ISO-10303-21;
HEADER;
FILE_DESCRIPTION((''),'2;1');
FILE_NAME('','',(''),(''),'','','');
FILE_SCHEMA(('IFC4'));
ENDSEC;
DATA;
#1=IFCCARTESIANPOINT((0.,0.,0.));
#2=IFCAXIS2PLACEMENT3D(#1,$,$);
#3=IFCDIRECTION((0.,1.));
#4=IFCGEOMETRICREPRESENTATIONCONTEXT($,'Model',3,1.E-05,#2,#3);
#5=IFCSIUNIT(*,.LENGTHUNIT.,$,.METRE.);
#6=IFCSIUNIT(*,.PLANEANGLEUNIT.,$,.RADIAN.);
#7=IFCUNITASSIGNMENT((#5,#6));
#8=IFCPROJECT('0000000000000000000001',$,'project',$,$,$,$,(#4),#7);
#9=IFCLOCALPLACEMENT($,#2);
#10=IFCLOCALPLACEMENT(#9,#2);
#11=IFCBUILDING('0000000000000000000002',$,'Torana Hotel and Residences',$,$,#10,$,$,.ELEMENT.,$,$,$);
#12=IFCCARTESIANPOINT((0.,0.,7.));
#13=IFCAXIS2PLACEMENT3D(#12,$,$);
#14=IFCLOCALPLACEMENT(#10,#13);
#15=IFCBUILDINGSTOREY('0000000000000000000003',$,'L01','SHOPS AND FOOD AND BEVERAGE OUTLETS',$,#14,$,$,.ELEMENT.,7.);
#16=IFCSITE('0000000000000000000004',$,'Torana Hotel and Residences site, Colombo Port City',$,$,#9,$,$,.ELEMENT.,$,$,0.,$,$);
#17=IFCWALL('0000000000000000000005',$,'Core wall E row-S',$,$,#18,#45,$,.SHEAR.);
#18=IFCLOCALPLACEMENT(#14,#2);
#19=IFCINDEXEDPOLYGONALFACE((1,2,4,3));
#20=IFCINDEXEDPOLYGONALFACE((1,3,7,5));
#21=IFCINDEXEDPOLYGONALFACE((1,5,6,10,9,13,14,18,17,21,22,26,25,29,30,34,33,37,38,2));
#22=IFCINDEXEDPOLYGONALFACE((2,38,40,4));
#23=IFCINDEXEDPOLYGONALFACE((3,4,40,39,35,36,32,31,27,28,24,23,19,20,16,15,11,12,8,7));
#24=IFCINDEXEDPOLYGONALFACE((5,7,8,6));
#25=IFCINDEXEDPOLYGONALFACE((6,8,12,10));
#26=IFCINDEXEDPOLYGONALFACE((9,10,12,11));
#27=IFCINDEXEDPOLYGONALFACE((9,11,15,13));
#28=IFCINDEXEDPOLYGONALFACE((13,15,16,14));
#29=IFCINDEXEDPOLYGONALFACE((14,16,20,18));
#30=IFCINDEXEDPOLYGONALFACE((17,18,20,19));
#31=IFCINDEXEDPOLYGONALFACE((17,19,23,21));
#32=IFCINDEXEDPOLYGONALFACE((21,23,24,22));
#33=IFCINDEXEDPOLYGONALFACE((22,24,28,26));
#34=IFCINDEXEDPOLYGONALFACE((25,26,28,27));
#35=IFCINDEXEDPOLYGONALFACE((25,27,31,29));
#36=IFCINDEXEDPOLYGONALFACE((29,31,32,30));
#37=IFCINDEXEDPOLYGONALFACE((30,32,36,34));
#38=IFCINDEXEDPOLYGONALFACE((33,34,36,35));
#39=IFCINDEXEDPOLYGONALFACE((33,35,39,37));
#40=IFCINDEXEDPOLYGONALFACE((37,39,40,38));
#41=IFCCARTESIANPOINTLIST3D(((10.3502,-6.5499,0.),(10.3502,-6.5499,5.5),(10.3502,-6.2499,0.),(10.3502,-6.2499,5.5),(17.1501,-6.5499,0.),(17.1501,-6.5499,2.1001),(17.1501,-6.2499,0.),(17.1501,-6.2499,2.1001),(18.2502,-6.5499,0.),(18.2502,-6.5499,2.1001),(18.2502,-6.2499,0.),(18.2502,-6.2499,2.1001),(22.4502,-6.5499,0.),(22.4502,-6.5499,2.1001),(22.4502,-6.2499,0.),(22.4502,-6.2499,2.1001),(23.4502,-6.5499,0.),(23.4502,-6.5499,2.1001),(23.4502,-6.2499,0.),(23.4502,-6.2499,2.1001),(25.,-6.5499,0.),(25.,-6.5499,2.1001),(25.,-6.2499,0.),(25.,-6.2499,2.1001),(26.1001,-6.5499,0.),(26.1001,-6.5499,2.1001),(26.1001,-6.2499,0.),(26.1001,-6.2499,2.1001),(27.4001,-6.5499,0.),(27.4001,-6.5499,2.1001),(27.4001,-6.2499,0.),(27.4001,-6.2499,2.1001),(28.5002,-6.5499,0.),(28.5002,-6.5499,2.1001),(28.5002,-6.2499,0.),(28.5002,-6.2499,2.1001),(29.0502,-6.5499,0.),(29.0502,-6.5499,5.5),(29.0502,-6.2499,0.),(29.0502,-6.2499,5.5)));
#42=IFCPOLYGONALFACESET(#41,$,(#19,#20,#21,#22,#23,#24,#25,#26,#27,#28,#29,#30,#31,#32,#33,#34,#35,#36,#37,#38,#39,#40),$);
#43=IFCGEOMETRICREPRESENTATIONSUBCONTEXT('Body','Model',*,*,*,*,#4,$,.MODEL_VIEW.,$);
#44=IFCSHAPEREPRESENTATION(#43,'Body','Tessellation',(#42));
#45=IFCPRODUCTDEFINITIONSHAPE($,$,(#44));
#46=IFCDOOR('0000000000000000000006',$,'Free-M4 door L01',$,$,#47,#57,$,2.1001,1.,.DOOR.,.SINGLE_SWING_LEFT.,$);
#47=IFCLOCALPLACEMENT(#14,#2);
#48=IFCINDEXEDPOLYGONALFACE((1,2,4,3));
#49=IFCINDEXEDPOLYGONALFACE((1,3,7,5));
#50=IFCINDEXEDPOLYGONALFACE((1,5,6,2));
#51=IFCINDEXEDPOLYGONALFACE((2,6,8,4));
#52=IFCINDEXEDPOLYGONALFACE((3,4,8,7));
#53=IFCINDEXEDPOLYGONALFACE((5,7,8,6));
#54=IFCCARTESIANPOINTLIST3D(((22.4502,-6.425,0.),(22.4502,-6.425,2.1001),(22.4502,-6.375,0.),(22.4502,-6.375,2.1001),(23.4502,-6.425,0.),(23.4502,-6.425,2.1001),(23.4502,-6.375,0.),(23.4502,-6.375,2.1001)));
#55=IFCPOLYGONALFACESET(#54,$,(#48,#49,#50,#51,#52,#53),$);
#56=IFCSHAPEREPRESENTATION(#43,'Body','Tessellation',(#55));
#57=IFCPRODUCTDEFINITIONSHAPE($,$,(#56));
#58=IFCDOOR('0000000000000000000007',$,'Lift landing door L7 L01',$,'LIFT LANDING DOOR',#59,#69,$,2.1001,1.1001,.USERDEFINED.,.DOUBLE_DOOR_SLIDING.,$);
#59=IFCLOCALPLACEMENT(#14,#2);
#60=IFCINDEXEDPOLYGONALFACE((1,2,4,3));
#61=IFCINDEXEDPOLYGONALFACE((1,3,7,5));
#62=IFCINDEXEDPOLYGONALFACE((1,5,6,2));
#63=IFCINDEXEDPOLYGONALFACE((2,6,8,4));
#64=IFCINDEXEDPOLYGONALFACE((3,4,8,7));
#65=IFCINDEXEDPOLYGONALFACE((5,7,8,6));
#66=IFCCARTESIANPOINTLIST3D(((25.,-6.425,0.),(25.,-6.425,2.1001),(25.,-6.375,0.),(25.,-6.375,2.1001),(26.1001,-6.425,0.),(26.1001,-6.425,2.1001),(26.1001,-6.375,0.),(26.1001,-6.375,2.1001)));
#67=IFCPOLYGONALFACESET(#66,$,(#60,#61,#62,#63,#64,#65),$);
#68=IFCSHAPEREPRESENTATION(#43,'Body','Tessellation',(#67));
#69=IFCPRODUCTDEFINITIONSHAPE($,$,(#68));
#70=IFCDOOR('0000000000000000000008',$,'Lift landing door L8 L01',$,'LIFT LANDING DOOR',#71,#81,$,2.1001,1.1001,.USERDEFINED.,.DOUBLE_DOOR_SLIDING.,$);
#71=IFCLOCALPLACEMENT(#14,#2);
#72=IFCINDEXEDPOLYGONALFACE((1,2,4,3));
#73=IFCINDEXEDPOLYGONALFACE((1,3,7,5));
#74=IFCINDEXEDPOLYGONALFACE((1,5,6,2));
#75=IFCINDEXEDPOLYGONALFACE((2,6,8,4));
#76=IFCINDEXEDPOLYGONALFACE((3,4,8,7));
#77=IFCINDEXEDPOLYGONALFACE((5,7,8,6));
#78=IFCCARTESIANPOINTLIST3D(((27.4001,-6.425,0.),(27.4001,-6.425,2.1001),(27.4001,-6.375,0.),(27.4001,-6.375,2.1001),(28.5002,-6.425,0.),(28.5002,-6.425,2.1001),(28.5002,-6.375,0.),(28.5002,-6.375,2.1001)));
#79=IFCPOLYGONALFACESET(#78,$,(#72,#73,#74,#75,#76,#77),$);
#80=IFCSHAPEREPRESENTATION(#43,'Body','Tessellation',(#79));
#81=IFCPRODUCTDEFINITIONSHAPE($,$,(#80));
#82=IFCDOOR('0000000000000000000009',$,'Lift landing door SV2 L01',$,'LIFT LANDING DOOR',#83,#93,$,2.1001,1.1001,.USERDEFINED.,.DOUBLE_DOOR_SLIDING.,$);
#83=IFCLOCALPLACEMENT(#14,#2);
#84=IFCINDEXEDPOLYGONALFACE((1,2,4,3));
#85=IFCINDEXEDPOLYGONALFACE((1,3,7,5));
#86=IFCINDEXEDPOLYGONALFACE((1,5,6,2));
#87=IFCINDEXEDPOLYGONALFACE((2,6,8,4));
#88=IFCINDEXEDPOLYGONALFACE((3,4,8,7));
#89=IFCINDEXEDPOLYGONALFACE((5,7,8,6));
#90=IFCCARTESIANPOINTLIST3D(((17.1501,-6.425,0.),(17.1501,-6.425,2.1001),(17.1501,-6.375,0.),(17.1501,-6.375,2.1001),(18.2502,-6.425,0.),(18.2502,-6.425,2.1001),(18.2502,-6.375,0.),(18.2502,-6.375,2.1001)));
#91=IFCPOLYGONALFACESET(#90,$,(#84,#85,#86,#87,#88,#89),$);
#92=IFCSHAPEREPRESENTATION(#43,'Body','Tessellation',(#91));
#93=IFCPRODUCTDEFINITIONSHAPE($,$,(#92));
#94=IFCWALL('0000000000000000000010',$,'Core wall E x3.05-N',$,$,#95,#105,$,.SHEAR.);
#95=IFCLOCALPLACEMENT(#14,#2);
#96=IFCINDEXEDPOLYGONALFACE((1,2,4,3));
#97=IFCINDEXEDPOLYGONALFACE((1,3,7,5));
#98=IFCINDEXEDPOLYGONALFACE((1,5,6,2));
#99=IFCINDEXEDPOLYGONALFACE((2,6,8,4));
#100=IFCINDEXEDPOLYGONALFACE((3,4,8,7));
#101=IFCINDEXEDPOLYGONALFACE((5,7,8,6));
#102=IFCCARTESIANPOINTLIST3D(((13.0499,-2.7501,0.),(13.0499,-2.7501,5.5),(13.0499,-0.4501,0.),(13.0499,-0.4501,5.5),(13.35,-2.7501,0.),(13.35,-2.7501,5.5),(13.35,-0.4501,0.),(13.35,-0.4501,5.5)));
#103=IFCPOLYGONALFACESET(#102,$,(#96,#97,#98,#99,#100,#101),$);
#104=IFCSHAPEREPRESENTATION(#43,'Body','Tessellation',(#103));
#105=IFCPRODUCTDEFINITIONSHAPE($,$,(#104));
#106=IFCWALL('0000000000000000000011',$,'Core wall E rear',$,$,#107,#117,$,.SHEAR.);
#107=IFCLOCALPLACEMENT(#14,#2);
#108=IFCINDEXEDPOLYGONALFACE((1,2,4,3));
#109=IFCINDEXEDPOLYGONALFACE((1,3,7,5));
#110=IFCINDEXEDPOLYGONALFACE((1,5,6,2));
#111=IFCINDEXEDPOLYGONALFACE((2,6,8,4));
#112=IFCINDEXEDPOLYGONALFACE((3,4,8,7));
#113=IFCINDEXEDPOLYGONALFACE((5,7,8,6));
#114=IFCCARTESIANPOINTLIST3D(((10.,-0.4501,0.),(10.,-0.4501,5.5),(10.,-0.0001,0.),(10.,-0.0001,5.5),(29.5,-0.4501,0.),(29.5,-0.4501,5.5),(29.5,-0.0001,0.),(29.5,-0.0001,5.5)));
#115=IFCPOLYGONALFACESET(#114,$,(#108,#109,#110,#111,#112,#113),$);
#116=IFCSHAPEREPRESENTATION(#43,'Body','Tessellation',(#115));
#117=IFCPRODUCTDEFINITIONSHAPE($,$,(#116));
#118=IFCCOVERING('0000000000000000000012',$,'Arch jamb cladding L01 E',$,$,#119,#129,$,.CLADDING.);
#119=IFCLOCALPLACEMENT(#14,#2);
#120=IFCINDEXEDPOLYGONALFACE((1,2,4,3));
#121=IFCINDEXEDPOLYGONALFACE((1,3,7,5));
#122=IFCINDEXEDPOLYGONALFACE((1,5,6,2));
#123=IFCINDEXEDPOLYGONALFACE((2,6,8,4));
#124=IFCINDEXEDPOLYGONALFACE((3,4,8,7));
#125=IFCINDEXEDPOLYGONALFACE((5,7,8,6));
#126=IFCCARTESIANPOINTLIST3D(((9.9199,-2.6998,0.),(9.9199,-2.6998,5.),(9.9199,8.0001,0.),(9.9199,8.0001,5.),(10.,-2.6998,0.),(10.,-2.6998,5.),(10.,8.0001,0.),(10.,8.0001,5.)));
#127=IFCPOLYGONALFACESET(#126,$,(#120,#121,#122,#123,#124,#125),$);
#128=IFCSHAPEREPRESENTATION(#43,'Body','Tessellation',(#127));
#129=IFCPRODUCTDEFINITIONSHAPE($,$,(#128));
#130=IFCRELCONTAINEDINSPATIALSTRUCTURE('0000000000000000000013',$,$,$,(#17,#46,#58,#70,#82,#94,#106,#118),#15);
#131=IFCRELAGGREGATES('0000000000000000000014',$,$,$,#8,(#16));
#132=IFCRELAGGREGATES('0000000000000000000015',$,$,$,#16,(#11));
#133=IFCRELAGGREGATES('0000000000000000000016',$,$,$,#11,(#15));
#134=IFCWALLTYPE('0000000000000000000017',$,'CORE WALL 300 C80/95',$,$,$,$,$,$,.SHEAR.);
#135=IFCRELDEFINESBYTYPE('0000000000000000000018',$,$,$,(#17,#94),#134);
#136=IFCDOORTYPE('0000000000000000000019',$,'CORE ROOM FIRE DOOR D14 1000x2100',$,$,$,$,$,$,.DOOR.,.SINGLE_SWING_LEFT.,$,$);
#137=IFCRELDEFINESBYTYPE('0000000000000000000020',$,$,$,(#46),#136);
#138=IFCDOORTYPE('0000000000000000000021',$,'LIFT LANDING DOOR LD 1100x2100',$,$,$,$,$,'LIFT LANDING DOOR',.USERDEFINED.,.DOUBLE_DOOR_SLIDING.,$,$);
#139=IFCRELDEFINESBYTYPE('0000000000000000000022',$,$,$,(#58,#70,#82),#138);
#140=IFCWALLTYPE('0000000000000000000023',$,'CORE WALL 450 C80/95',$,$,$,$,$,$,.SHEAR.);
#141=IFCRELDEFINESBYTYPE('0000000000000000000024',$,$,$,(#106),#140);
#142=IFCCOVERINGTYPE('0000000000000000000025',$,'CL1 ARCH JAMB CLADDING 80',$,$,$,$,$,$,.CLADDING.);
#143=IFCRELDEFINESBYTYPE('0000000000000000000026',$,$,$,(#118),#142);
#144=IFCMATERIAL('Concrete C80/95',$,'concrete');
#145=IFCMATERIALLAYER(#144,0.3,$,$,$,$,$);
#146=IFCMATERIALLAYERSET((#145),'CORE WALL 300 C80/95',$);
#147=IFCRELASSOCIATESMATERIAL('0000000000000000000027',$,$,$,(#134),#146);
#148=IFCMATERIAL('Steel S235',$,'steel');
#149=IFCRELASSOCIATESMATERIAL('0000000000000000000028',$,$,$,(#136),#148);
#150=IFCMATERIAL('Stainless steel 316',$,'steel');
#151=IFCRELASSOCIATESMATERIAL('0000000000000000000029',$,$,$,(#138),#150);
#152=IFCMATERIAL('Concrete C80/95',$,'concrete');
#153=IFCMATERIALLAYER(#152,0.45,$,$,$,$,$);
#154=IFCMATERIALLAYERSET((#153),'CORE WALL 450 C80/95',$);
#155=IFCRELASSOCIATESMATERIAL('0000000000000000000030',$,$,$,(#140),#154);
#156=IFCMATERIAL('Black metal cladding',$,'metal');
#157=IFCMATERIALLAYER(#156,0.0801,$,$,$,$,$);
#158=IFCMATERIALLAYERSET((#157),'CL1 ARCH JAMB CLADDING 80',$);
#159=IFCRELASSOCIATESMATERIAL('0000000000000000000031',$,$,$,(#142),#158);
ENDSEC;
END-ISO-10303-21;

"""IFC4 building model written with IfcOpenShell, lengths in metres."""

from ifc_helpers import new_model, si_unit, direction, frame, frame_2d, origin, place, context, subcontext, project, spatial, rectangle, extrude, material, layer, layer_set, type_object, element, fill, save


model = new_model("IFC4")

# Units and contexts
model_context = context("Model", 3, precision=1e-05, world=origin(), true_north=direction((0.0, 1.0)))
body_context = subcontext(model_context, "Body", "Model", "MODEL_VIEW")
ifc_project = project(units=[si_unit("LENGTHUNIT", "METRE"), si_unit("PLANEANGLEUNIT", "RADIAN")], contexts=[model_context])

# Site, building, storey
site_placement = place(None, origin())
site = spatial("IfcSite", under=ifc_project, at=site_placement, Name="Torana Hotel and Residences site, Colombo Port City", CompositionType="ELEMENT", RefElevation=0.0)
building_placement = place(site_placement, origin())
building = spatial("IfcBuilding", under=site, at=building_placement, Name="Torana Hotel and Residences", CompositionType="ELEMENT")
storey_placement = place(building_placement, frame((0.0, 0.0, 7.0)))
storey = spatial("IfcBuildingStorey", under=building, at=storey_placement, Name="L01", Description="SHOPS AND FOOD AND BEVERAGE OUTLETS", CompositionType="ELEMENT", Elevation=7.0)

# Wall, openings, doors
ifc_material_1 = material(Name="Concrete C80/95", Category="concrete")
ifc_layer_1 = layer(ifc_material_1, 0.3)
ifc_layer_set_1 = layer_set([ifc_layer_1], Name="CORE WALL 300 C80/95")
wall_type_1 = type_object("IfcWallType", Name="CORE WALL 300 C80/95", PredefinedType="SHEAR", material=ifc_layer_set_1)
ifc_material_2 = material(Name="Steel S235", Category="steel")
door_type_1 = type_object("IfcDoorType", Name="CORE ROOM FIRE DOOR D14 1000x2100", OperationType="SINGLE_SWING_LEFT", PredefinedType="DOOR", material=ifc_material_2)
ifc_material_3 = material(Name="Stainless steel 316", Category="steel")
door_type_2 = type_object("IfcDoorType", Name="LIFT LANDING DOOR LD 1100x2100", ElementType="LIFT LANDING DOOR", OperationType="DOUBLE_DOOR_SLIDING", PredefinedType="USERDEFINED", material=ifc_material_3)
wall_1_placement = place(storey_placement, frame((10.3501, -6.3999, 0.0), z_axis=(0.0, 0.0, 1.0), x_axis=(1.0, 0.0, 0.0)))
wall_1 = element("IfcWall", 1, at=wall_1_placement, inside=storey, type_object=wall_type_1, Name="Core wall E row-S", PredefinedType="SHEAR", context=body_context, shape_type="SweptSolid", body=[
    extrude(rectangle(XDim=18.7, YDim=0.3, at=frame_2d((9.3501, 0.0))), origin(), (0.0, 0.0, 1.0), 5.5),
])
opening_1_placement = place(wall_1_placement, frame((14.6499, 0.0, 0.0)))
opening_1 = element("IfcOpeningElement", 2, at=opening_1_placement, cuts=wall_1, PredefinedType="OPENING", context=body_context, shape_type="SweptSolid", body=[
    extrude(rectangle(XDim=1.1001, YDim=2.1001, at=frame_2d((0.55, 1.05))), frame((0.0, 0.1599, 0.0), z_axis=(0.0, -1.0, 0.0), x_axis=(1.0, 0.0, 0.0)), (0.0, 0.0, 1.0), 0.3201),
])
opening_2_placement = place(wall_1_placement, frame((17.05, 0.0, 0.0)))
opening_2 = element("IfcOpeningElement", 3, at=opening_2_placement, cuts=wall_1, PredefinedType="OPENING", context=body_context, shape_type="SweptSolid", body=[
    extrude(rectangle(XDim=1.1001, YDim=2.1001, at=frame_2d((0.55, 1.05))), frame((0.0, 0.1599, 0.0), z_axis=(0.0, -1.0, 0.0), x_axis=(1.0, 0.0, 0.0)), (0.0, 0.0, 1.0), 0.3201),
])
opening_3_placement = place(wall_1_placement, frame((6.8, 0.0, 0.0)))
opening_3 = element("IfcOpeningElement", 4, at=opening_3_placement, cuts=wall_1, PredefinedType="OPENING", context=body_context, shape_type="SweptSolid", body=[
    extrude(rectangle(XDim=1.1001, YDim=2.1001, at=frame_2d((0.55, 1.05))), frame((0.0, 0.1599, 0.0), z_axis=(0.0, -1.0, 0.0), x_axis=(1.0, 0.0, 0.0)), (0.0, 0.0, 1.0), 0.3201),
])
opening_4_placement = place(wall_1_placement, frame((12.1001, 0.0, 0.0)))
opening_4 = element("IfcOpeningElement", 5, at=opening_4_placement, cuts=wall_1, PredefinedType="OPENING", context=body_context, shape_type="SweptSolid", body=[
    extrude(rectangle(XDim=1.0, YDim=2.1001, at=frame_2d((0.5, 1.05))), frame((0.0, 0.1599, 0.0), z_axis=(0.0, -1.0, 0.0), x_axis=(1.0, 0.0, 0.0)), (0.0, 0.0, 1.0), 0.3201),
])
door_1_placement = place(opening_4_placement, frame((0.5, 0.0, 0.0), z_axis=(0.0, 0.0, 1.0), x_axis=(-1.0, 0.0, 0.0)))
door_1 = element("IfcDoor", 6, at=door_1_placement, inside=storey, type_object=door_type_1, Name="Free-M4 door L01", OperationType="SINGLE_SWING_LEFT", OverallHeight=2.1001, OverallWidth=1.0, PredefinedType="DOOR", context=body_context, shape_type="SweptSolid", body=[
    extrude(rectangle(XDim=1.0, YDim=2.1001, at=frame_2d((0.0, 1.05))), frame((0.0, -0.0249, 0.0), z_axis=(0.0, 1.0, 0.0), x_axis=(-1.0, 0.0, 0.0)), (0.0, 0.0, 1.0), 0.05),
])
fill(opening_4, door_1)
door_2_placement = place(opening_1_placement, origin())
door_2 = element("IfcDoor", 7, at=door_2_placement, inside=storey, type_object=door_type_2, Name="Lift landing door L7 L01", ObjectType="LIFT LANDING DOOR", OperationType="DOUBLE_DOOR_SLIDING", OverallHeight=2.1001, OverallWidth=1.1001, PredefinedType="USERDEFINED", context=body_context, shape_type="SweptSolid", body=[
    extrude(rectangle(XDim=1.1001, YDim=2.1001, at=frame_2d((0.55, 1.05))), frame((0.0, 0.0249, 0.0), z_axis=(0.0, -1.0, 0.0), x_axis=(1.0, 0.0, 0.0)), (0.0, 0.0, 1.0), 0.05),
])
fill(opening_1, door_2)
door_3_placement = place(opening_2_placement, origin())
door_3 = element("IfcDoor", 8, at=door_3_placement, inside=storey, type_object=door_type_2, Name="Lift landing door L8 L01", ObjectType="LIFT LANDING DOOR", OperationType="DOUBLE_DOOR_SLIDING", OverallHeight=2.1001, OverallWidth=1.1001, PredefinedType="USERDEFINED", context=body_context, shape_type="SweptSolid", body=[
    extrude(rectangle(XDim=1.1001, YDim=2.1001, at=frame_2d((0.55, 1.05))), frame((0.0, 0.0249, 0.0), z_axis=(0.0, -1.0, 0.0), x_axis=(1.0, 0.0, 0.0)), (0.0, 0.0, 1.0), 0.05),
])
fill(opening_2, door_3)
door_4_placement = place(opening_3_placement, origin())
door_4 = element("IfcDoor", 9, at=door_4_placement, inside=storey, type_object=door_type_2, Name="Lift landing door SV2 L01", ObjectType="LIFT LANDING DOOR", OperationType="DOUBLE_DOOR_SLIDING", OverallHeight=2.1001, OverallWidth=1.1001, PredefinedType="USERDEFINED", context=body_context, shape_type="SweptSolid", body=[
    extrude(rectangle(XDim=1.1001, YDim=2.1001, at=frame_2d((0.55, 1.05))), frame((0.0, 0.0249, 0.0), z_axis=(0.0, -1.0, 0.0), x_axis=(1.0, 0.0, 0.0)), (0.0, 0.0, 1.0), 0.05),
])
fill(opening_3, door_4)

# Walls
wall_2_placement = place(storey_placement, frame((13.2, -2.75, 0.0), z_axis=(0.0, 0.0, 1.0), x_axis=(0.0, 1.0, 0.0)))
element("IfcWall", 10, at=wall_2_placement, inside=storey, type_object=wall_type_1, Name="Core wall E x3.05-N", PredefinedType="SHEAR", context=body_context, shape_type="SweptSolid", body=[
    extrude(rectangle(XDim=2.3, YDim=0.3, at=frame_2d((1.1499, 0.0))), origin(), (0.0, 0.0, 1.0), 5.5),
])
ifc_material_4 = material(Name="Concrete C80/95", Category="concrete")
ifc_layer_2 = layer(ifc_material_4, 0.45)
ifc_layer_set_2 = layer_set([ifc_layer_2], Name="CORE WALL 450 C80/95")
wall_type_2 = type_object("IfcWallType", Name="CORE WALL 450 C80/95", PredefinedType="SHEAR", material=ifc_layer_set_2)
wall_3_placement = place(storey_placement, frame((10.0, -0.2251, 0.0), z_axis=(0.0, 0.0, 1.0), x_axis=(1.0, 0.0, 0.0)))
element("IfcWall", 11, at=wall_3_placement, inside=storey, type_object=wall_type_2, Name="Core wall E rear", PredefinedType="SHEAR", context=body_context, shape_type="SweptSolid", body=[
    extrude(rectangle(XDim=19.5, YDim=0.45, at=frame_2d((9.75, 0.0))), origin(), (0.0, 0.0, 1.0), 5.5),
])

# Covering
ifc_material_5 = material(Name="Black metal cladding", Category="metal")
ifc_layer_3 = layer(ifc_material_5, 0.0801)
ifc_layer_set_3 = layer_set([ifc_layer_3], Name="CL1 ARCH JAMB CLADDING 80")
covering_type = type_object("IfcCoveringType", Name="CL1 ARCH JAMB CLADDING 80", PredefinedType="CLADDING", material=ifc_layer_set_3)
covering_placement = place(storey_placement, frame((9.96, -2.7, 0.0), z_axis=(0.0, 0.0, 1.0), x_axis=(0.0, 1.0, 0.0)))
element("IfcCovering", 12, at=covering_placement, inside=storey, type_object=covering_type, Name="Arch jamb cladding L01 E", PredefinedType="CLADDING", context=body_context, shape_type="SweptSolid", body=[
    extrude(rectangle(XDim=10.7, YDim=0.0801, at=frame_2d((5.3501, 0.0))), origin(), (0.0, 0.0, 1.0), 5.0),
])

save(model, "model.ifc")
